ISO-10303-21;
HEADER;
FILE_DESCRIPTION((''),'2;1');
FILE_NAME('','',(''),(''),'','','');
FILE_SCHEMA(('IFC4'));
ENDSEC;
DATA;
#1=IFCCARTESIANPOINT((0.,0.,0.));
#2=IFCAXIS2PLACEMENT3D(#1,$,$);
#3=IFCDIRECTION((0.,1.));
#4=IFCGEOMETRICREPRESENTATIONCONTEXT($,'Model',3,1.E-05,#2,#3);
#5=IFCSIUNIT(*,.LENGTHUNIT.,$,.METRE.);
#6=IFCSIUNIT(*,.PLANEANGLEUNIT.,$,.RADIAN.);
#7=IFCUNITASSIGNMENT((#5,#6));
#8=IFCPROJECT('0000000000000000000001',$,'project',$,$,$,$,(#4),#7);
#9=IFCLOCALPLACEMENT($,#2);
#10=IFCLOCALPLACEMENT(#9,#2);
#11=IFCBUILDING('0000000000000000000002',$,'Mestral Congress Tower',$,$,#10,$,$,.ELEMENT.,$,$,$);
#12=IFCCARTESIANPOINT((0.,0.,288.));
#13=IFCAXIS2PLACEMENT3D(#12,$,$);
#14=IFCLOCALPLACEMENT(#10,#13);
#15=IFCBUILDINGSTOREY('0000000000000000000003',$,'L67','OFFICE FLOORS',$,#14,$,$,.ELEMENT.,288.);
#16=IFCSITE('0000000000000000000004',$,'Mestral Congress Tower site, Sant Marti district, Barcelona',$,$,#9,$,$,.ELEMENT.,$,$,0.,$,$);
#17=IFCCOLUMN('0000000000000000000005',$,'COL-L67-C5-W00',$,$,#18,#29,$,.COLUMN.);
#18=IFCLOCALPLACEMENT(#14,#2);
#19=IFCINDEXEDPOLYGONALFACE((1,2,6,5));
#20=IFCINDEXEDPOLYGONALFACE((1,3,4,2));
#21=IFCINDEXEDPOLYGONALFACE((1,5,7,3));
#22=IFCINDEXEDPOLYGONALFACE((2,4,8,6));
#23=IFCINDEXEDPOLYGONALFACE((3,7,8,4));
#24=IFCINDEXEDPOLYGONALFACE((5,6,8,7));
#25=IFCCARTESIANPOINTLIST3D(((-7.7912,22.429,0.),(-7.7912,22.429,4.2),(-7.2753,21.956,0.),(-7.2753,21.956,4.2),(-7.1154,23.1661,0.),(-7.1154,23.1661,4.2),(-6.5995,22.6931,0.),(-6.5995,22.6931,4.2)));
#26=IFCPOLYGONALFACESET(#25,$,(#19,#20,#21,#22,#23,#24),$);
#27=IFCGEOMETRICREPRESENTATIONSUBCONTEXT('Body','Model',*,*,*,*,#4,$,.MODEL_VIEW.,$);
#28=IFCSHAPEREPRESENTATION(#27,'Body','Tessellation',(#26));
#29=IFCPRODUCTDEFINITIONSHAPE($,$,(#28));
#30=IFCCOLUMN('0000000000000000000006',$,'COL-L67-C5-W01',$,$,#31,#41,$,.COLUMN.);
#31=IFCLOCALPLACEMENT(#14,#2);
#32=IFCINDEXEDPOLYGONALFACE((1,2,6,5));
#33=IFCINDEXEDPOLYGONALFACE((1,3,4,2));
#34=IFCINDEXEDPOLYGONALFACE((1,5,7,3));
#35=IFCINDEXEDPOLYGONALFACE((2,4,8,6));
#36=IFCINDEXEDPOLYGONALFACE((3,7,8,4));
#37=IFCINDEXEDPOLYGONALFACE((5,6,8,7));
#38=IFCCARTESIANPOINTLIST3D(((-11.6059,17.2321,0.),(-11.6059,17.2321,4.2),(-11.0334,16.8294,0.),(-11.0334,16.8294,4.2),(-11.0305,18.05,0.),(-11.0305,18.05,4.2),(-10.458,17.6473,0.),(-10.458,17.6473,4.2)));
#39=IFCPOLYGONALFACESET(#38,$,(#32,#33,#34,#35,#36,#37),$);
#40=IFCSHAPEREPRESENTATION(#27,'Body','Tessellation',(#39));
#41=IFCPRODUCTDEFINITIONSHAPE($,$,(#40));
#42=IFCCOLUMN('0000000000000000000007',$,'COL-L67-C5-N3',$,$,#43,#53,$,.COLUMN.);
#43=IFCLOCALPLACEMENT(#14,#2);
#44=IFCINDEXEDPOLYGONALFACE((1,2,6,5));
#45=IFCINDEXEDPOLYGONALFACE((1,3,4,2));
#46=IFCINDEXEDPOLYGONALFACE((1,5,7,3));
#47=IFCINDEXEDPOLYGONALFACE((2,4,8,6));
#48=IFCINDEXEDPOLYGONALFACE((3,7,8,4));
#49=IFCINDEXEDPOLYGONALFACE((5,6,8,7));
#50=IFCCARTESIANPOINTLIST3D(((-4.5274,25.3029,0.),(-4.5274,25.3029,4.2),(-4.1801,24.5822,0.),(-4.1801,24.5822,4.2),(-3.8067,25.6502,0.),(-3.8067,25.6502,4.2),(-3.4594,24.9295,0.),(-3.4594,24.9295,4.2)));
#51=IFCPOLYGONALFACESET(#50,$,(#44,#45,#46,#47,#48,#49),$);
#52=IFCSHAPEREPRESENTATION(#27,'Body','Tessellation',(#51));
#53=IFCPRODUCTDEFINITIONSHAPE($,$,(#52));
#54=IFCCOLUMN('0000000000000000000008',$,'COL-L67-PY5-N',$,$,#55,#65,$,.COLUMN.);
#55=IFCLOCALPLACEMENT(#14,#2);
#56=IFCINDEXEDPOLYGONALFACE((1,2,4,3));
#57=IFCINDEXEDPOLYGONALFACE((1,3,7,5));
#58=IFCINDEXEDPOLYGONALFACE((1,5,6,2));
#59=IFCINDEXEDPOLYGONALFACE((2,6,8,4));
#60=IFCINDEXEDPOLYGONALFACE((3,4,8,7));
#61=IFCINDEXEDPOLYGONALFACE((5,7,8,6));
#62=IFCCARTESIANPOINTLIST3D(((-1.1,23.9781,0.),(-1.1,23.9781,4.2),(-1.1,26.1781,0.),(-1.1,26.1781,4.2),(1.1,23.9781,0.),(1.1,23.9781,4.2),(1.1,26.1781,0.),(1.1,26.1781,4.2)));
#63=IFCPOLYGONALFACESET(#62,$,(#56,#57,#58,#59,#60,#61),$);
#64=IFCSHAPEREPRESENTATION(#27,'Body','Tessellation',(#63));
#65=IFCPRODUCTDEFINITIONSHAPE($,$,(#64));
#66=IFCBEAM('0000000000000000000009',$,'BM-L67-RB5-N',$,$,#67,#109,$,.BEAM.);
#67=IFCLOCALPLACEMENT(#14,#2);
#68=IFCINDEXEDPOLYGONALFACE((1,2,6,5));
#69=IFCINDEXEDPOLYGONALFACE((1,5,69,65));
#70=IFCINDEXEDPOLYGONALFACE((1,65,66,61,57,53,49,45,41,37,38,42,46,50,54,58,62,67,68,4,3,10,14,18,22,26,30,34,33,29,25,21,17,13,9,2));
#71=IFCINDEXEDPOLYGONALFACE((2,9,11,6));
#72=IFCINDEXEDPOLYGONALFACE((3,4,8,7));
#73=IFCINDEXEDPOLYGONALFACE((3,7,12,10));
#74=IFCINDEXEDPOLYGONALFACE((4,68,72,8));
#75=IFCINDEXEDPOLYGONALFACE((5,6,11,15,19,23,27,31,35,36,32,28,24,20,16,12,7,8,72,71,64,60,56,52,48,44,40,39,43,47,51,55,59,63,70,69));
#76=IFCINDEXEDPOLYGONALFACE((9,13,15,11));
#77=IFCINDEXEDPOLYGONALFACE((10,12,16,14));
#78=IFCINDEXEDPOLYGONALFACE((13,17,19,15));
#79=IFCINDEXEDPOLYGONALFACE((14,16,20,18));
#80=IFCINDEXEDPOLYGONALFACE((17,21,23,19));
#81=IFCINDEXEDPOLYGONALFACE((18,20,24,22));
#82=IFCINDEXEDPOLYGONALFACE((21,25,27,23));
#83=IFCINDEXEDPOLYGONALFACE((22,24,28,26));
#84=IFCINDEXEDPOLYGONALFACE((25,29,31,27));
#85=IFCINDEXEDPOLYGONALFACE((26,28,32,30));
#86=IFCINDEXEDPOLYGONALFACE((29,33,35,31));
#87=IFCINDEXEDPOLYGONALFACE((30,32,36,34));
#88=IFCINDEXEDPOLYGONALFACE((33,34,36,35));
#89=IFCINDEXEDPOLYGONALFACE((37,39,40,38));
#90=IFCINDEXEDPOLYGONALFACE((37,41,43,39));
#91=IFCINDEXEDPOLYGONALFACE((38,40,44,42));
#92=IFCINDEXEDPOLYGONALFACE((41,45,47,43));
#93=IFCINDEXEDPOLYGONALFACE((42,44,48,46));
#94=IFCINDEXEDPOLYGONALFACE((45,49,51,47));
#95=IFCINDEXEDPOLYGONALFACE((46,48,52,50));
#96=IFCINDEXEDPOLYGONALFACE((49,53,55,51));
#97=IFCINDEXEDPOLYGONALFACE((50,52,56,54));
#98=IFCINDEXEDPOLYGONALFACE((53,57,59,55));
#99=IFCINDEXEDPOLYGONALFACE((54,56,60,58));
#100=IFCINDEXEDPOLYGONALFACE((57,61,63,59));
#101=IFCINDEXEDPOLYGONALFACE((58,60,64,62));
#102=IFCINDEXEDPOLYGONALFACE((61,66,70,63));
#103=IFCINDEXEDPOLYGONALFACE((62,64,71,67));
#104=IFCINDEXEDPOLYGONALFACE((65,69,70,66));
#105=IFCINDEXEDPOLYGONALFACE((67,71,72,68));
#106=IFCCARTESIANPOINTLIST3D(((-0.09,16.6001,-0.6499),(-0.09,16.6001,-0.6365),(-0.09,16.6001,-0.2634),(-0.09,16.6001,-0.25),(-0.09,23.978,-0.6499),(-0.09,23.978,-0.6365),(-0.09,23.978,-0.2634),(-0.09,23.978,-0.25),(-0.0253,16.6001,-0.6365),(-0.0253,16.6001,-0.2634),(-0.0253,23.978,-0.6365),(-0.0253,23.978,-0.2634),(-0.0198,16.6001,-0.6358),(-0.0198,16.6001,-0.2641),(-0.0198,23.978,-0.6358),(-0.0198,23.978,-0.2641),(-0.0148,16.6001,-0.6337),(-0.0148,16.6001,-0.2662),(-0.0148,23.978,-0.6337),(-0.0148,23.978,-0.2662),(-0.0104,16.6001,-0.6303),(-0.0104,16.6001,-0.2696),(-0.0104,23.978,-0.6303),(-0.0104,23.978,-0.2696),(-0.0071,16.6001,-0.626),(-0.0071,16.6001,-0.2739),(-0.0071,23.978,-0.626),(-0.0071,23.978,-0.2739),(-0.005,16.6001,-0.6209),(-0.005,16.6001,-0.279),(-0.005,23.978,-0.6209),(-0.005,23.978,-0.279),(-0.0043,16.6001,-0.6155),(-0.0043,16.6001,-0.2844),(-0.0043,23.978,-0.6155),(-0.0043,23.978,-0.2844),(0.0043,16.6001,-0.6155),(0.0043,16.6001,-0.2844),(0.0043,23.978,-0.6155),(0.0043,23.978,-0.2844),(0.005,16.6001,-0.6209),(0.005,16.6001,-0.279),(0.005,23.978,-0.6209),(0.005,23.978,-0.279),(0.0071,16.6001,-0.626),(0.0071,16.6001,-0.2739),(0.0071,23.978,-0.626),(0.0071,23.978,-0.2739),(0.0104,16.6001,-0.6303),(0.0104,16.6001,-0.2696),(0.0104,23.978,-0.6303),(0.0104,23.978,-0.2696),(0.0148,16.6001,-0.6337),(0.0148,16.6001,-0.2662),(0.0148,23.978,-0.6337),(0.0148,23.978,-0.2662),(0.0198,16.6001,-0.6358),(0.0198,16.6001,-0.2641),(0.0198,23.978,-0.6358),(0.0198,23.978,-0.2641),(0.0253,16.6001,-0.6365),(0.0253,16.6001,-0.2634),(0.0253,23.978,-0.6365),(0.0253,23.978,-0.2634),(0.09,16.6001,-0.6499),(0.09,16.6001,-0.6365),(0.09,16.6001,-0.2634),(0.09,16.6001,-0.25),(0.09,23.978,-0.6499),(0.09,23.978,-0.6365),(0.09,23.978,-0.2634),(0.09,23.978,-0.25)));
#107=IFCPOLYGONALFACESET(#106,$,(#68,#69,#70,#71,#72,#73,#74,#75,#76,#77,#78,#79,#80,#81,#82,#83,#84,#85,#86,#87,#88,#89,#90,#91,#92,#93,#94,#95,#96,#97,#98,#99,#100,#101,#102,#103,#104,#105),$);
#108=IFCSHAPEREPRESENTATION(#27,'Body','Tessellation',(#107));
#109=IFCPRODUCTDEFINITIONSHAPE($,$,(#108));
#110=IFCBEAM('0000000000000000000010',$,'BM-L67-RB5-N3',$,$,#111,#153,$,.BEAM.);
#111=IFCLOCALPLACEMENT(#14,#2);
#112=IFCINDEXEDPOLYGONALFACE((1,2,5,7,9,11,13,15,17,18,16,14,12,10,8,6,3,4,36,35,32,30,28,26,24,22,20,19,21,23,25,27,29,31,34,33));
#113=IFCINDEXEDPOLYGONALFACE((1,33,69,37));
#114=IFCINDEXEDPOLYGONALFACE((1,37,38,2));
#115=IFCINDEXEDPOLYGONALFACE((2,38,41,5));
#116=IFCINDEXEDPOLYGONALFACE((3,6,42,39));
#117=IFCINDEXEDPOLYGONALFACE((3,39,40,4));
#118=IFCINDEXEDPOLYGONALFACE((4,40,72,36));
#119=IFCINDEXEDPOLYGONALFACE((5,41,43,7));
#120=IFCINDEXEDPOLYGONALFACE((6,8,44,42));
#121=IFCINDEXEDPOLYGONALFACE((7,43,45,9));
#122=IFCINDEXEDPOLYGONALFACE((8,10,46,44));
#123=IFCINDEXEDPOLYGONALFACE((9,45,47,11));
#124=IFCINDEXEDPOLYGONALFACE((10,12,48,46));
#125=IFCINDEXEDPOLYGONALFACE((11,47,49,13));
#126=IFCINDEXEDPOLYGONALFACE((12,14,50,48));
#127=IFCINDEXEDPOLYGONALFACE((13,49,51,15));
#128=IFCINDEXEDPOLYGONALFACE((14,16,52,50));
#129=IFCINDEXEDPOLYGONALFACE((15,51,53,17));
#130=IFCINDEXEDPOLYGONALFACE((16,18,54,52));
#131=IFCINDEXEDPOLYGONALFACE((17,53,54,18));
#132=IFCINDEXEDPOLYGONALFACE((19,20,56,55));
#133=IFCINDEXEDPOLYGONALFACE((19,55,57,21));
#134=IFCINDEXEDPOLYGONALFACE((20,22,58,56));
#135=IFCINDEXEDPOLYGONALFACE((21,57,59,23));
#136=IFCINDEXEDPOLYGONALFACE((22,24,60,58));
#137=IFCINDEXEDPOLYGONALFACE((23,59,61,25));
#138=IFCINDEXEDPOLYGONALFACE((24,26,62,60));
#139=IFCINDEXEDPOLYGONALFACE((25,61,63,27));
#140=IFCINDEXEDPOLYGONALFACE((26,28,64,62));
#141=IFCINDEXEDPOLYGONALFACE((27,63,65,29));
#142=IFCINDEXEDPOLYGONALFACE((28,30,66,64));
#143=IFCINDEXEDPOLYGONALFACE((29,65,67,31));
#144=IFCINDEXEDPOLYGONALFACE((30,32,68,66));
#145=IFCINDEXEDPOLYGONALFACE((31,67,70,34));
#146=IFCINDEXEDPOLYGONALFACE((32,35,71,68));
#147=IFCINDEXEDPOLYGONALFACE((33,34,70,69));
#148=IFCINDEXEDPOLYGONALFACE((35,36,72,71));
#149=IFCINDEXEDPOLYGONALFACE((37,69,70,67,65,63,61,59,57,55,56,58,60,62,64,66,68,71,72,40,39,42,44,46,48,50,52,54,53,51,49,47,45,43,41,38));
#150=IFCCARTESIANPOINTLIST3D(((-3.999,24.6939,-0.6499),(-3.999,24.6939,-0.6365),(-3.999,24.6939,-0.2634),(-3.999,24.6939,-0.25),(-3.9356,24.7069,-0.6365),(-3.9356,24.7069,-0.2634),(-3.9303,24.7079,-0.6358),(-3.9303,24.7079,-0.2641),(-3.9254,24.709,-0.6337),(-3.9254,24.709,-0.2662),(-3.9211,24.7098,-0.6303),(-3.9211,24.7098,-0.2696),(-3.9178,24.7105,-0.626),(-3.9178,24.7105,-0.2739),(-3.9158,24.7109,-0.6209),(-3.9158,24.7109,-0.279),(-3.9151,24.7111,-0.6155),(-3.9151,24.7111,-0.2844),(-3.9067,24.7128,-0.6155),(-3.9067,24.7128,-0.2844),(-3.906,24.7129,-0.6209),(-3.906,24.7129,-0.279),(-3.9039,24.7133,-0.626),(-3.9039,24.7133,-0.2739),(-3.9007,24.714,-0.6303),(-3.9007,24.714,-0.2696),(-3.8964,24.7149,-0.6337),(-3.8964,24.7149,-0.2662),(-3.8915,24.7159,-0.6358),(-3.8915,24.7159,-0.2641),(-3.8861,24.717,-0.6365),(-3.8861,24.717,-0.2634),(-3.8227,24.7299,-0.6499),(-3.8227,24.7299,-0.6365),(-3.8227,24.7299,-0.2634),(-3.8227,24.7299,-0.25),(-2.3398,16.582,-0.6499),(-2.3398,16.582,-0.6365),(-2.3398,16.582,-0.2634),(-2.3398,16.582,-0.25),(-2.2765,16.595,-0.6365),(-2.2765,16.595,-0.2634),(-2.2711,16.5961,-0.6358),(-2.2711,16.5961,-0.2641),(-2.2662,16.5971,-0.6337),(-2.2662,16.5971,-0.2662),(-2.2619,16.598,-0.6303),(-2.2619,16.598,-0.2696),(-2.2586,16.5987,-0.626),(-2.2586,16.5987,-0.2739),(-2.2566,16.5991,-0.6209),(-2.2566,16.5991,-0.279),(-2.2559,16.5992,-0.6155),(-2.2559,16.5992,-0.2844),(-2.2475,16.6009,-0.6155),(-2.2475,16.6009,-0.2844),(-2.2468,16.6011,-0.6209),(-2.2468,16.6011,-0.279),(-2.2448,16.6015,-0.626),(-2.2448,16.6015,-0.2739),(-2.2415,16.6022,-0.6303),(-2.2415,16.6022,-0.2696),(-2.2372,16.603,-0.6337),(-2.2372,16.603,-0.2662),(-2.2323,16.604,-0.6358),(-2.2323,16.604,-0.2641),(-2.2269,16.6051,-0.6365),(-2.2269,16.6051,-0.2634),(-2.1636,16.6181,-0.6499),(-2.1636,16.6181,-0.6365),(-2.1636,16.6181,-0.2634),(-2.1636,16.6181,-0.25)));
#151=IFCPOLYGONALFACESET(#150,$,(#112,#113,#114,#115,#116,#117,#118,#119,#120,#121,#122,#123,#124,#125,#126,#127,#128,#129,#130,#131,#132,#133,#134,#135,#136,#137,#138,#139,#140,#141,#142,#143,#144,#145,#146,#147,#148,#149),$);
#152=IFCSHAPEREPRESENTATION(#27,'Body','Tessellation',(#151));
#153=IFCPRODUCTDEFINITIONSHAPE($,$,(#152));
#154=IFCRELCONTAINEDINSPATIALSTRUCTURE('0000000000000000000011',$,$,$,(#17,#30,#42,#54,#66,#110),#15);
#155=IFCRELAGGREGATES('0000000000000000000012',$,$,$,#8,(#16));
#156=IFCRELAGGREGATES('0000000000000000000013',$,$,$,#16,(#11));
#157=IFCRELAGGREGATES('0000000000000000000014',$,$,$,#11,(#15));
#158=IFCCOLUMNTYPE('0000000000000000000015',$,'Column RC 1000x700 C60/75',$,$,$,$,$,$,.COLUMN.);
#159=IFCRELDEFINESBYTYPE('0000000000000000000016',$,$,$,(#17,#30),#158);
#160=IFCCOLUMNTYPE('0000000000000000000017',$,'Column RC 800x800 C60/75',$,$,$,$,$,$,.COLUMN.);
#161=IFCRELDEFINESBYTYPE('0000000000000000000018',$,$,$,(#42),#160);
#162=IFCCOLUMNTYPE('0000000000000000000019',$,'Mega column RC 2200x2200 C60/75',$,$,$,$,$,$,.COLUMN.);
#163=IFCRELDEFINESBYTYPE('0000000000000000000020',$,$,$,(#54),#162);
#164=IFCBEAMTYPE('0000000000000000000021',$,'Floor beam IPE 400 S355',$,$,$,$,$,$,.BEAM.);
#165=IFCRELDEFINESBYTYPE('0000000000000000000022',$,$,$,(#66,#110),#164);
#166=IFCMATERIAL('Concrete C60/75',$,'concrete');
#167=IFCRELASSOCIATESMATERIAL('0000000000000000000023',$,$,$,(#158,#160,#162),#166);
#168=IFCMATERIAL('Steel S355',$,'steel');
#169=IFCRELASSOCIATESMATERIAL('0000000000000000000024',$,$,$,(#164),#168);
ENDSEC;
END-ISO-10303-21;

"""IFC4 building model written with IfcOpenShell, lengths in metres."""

from ifc_helpers import new_model, si_unit, direction, frame, origin, origin_2d, place, context, subcontext, project, spatial, rectangle, i_section, extrude, material, material_profile, profile_set, type_object, element, save


model = new_model("IFC4")

# Units and contexts
model_context = context("Model", 3, precision=1e-05, world=origin(), true_north=direction((0.0, 1.0)))
body_context = subcontext(model_context, "Body", "Model", "MODEL_VIEW")
ifc_project = project(units=[si_unit("LENGTHUNIT", "METRE"), si_unit("PLANEANGLEUNIT", "RADIAN")], contexts=[model_context])

# Site, building, storey
site_placement = place(None, origin())
site = spatial("IfcSite", under=ifc_project, at=site_placement, Name="Mestral Congress Tower site, Sant Marti district, Barcelona", CompositionType="ELEMENT", RefElevation=0.0)
building_placement = place(site_placement, origin())
building = spatial("IfcBuilding", under=site, at=building_placement, Name="Mestral Congress Tower", CompositionType="ELEMENT")
storey_placement = place(building_placement, frame((0.0, 0.0, 288.0)))
storey = spatial("IfcBuildingStorey", under=building, at=storey_placement, Name="L67", Description="OFFICE FLOORS", CompositionType="ELEMENT", Elevation=288.0)

# Columns
ifc_material_1 = material(Name="Concrete C60/75", Category="concrete")
ifc_material_profile_1 = material_profile(ifc_material_1, rectangle(XDim=1.0, YDim=0.7, at=origin_2d()), Name="RC 1000x700")
ifc_profile_set_1 = profile_set([ifc_material_profile_1], Name="Concrete C60/75")
column_type_1 = type_object("IfcColumnType", Name="Column RC 1000x700 C60/75", PredefinedType="COLUMN", material=ifc_profile_set_1)
for number, where, z_axis, x_axis, name in (
    (1, (-7.1953, 22.561, 0.0), (0.0, 0.0, 1.0), (-0.675803, -0.737083, 0.0), "COL-L67-C5-W00"),
    (2, (-11.032, 17.4397, 0.0), (0.0, 0.0, 1.0), (-0.575402, -0.817871, 0.0), "COL-L67-C5-W01"),
):
    element("IfcColumn", number, at=place(storey_placement, frame(where, z_axis=z_axis, x_axis=x_axis)), inside=storey, type_object=column_type_1, Name=name, PredefinedType="COLUMN", context=body_context, shape_type="SweptSolid", body=[
        extrude(rectangle(XDim=1.0, YDim=0.7, at=origin_2d()), origin(), (0.0, 0.0, 1.0), 4.2),
    ])
ifc_material_profile_2 = material_profile(ifc_material_1, rectangle(XDim=0.8, YDim=0.8, at=origin_2d()), Name="RC 800x800")
ifc_profile_set_2 = profile_set([ifc_material_profile_2], Name="Concrete C60/75")
column_type_2 = type_object("IfcColumnType", Name="Column RC 800x800 C60/75", PredefinedType="COLUMN", material=ifc_profile_set_2)
column_1_placement = place(storey_placement, frame((-3.9934, 25.1162, 0.0), z_axis=(0.0, 0.0, 1.0), x_axis=(-0.900873, -0.434082, 0.0)))
element("IfcColumn", 3, at=column_1_placement, inside=storey, type_object=column_type_2, Name="COL-L67-C5-N3", PredefinedType="COLUMN", context=body_context, shape_type="SweptSolid", body=[
    extrude(rectangle(XDim=0.8, YDim=0.8, at=origin_2d()), origin(), (0.0, 0.0, 1.0), 4.2),
])
ifc_material_profile_3 = material_profile(ifc_material_1, rectangle(XDim=2.2, YDim=2.2, at=origin_2d()), Name="RC 2200x2200")
ifc_profile_set_3 = profile_set([ifc_material_profile_3], Name="Concrete C60/75")
column_type_3 = type_object("IfcColumnType", Name="Mega column RC 2200x2200 C60/75", PredefinedType="COLUMN", material=ifc_profile_set_3)
column_2_placement = place(storey_placement, frame((0.0, 25.0781, 0.0), z_axis=(0.0, 0.0, 1.0), x_axis=(0.0, 1.0, 0.0)))
element("IfcColumn", 4, at=column_2_placement, inside=storey, type_object=column_type_3, Name="COL-L67-PY5-N", PredefinedType="COLUMN", context=body_context, shape_type="SweptSolid", body=[
    extrude(rectangle(XDim=2.2, YDim=2.2, at=origin_2d()), origin(), (0.0, 0.0, 1.0), 4.2),
])

# Beams
ifc_material_2 = material(Name="Steel S355", Category="steel")
ifc_material_profile_4 = material_profile(ifc_material_2, i_section(OverallWidth=0.1799, OverallDepth=0.3999, WebThickness=0.0085, FlangeThickness=0.0134, FilletRadius=0.021, at=origin_2d()), Name="IPE 400")
ifc_profile_set_4 = profile_set([ifc_material_profile_4], Name="Steel S355")
beam_type_1 = type_object("IfcBeamType", Name="Floor beam IPE 400 S355", PredefinedType="BEAM", material=ifc_profile_set_4)
beam_1_placement = place(storey_placement, frame((0.0, 23.978, -0.45), z_axis=(0.0, -1.0, 0.0), x_axis=(1.0, 0.0, 0.0)))
element("IfcBeam", 5, at=beam_1_placement, inside=storey, type_object=beam_type_1, Name="BM-L67-RB5-N", PredefinedType="BEAM", context=body_context, shape_type="SweptSolid", body=[
    extrude(i_section(OverallWidth=0.1799, OverallDepth=0.3999, WebThickness=0.0085, FlangeThickness=0.0134, FilletRadius=0.021, at=origin_2d()), origin(), (0.0, 0.0, 1.0), 7.3779),
])
beam_2_placement = place(storey_placement, frame((-3.9109, 24.7119, -0.45), z_axis=(0.20039, -0.979716, 0.0), x_axis=(0.979716, 0.20039, 0.0)))
element("IfcBeam", 6, at=beam_2_placement, inside=storey, type_object=beam_type_1, Name="BM-L67-RB5-N3", PredefinedType="BEAM", context=body_context, shape_type="SweptSolid", body=[
    extrude(i_section(OverallWidth=0.1799, OverallDepth=0.3999, WebThickness=0.0085, FlangeThickness=0.0134, FilletRadius=0.021, at=origin_2d()), origin(), (0.0, 0.0, 1.0), 8.2798),
])

save(model, "model.ifc")
